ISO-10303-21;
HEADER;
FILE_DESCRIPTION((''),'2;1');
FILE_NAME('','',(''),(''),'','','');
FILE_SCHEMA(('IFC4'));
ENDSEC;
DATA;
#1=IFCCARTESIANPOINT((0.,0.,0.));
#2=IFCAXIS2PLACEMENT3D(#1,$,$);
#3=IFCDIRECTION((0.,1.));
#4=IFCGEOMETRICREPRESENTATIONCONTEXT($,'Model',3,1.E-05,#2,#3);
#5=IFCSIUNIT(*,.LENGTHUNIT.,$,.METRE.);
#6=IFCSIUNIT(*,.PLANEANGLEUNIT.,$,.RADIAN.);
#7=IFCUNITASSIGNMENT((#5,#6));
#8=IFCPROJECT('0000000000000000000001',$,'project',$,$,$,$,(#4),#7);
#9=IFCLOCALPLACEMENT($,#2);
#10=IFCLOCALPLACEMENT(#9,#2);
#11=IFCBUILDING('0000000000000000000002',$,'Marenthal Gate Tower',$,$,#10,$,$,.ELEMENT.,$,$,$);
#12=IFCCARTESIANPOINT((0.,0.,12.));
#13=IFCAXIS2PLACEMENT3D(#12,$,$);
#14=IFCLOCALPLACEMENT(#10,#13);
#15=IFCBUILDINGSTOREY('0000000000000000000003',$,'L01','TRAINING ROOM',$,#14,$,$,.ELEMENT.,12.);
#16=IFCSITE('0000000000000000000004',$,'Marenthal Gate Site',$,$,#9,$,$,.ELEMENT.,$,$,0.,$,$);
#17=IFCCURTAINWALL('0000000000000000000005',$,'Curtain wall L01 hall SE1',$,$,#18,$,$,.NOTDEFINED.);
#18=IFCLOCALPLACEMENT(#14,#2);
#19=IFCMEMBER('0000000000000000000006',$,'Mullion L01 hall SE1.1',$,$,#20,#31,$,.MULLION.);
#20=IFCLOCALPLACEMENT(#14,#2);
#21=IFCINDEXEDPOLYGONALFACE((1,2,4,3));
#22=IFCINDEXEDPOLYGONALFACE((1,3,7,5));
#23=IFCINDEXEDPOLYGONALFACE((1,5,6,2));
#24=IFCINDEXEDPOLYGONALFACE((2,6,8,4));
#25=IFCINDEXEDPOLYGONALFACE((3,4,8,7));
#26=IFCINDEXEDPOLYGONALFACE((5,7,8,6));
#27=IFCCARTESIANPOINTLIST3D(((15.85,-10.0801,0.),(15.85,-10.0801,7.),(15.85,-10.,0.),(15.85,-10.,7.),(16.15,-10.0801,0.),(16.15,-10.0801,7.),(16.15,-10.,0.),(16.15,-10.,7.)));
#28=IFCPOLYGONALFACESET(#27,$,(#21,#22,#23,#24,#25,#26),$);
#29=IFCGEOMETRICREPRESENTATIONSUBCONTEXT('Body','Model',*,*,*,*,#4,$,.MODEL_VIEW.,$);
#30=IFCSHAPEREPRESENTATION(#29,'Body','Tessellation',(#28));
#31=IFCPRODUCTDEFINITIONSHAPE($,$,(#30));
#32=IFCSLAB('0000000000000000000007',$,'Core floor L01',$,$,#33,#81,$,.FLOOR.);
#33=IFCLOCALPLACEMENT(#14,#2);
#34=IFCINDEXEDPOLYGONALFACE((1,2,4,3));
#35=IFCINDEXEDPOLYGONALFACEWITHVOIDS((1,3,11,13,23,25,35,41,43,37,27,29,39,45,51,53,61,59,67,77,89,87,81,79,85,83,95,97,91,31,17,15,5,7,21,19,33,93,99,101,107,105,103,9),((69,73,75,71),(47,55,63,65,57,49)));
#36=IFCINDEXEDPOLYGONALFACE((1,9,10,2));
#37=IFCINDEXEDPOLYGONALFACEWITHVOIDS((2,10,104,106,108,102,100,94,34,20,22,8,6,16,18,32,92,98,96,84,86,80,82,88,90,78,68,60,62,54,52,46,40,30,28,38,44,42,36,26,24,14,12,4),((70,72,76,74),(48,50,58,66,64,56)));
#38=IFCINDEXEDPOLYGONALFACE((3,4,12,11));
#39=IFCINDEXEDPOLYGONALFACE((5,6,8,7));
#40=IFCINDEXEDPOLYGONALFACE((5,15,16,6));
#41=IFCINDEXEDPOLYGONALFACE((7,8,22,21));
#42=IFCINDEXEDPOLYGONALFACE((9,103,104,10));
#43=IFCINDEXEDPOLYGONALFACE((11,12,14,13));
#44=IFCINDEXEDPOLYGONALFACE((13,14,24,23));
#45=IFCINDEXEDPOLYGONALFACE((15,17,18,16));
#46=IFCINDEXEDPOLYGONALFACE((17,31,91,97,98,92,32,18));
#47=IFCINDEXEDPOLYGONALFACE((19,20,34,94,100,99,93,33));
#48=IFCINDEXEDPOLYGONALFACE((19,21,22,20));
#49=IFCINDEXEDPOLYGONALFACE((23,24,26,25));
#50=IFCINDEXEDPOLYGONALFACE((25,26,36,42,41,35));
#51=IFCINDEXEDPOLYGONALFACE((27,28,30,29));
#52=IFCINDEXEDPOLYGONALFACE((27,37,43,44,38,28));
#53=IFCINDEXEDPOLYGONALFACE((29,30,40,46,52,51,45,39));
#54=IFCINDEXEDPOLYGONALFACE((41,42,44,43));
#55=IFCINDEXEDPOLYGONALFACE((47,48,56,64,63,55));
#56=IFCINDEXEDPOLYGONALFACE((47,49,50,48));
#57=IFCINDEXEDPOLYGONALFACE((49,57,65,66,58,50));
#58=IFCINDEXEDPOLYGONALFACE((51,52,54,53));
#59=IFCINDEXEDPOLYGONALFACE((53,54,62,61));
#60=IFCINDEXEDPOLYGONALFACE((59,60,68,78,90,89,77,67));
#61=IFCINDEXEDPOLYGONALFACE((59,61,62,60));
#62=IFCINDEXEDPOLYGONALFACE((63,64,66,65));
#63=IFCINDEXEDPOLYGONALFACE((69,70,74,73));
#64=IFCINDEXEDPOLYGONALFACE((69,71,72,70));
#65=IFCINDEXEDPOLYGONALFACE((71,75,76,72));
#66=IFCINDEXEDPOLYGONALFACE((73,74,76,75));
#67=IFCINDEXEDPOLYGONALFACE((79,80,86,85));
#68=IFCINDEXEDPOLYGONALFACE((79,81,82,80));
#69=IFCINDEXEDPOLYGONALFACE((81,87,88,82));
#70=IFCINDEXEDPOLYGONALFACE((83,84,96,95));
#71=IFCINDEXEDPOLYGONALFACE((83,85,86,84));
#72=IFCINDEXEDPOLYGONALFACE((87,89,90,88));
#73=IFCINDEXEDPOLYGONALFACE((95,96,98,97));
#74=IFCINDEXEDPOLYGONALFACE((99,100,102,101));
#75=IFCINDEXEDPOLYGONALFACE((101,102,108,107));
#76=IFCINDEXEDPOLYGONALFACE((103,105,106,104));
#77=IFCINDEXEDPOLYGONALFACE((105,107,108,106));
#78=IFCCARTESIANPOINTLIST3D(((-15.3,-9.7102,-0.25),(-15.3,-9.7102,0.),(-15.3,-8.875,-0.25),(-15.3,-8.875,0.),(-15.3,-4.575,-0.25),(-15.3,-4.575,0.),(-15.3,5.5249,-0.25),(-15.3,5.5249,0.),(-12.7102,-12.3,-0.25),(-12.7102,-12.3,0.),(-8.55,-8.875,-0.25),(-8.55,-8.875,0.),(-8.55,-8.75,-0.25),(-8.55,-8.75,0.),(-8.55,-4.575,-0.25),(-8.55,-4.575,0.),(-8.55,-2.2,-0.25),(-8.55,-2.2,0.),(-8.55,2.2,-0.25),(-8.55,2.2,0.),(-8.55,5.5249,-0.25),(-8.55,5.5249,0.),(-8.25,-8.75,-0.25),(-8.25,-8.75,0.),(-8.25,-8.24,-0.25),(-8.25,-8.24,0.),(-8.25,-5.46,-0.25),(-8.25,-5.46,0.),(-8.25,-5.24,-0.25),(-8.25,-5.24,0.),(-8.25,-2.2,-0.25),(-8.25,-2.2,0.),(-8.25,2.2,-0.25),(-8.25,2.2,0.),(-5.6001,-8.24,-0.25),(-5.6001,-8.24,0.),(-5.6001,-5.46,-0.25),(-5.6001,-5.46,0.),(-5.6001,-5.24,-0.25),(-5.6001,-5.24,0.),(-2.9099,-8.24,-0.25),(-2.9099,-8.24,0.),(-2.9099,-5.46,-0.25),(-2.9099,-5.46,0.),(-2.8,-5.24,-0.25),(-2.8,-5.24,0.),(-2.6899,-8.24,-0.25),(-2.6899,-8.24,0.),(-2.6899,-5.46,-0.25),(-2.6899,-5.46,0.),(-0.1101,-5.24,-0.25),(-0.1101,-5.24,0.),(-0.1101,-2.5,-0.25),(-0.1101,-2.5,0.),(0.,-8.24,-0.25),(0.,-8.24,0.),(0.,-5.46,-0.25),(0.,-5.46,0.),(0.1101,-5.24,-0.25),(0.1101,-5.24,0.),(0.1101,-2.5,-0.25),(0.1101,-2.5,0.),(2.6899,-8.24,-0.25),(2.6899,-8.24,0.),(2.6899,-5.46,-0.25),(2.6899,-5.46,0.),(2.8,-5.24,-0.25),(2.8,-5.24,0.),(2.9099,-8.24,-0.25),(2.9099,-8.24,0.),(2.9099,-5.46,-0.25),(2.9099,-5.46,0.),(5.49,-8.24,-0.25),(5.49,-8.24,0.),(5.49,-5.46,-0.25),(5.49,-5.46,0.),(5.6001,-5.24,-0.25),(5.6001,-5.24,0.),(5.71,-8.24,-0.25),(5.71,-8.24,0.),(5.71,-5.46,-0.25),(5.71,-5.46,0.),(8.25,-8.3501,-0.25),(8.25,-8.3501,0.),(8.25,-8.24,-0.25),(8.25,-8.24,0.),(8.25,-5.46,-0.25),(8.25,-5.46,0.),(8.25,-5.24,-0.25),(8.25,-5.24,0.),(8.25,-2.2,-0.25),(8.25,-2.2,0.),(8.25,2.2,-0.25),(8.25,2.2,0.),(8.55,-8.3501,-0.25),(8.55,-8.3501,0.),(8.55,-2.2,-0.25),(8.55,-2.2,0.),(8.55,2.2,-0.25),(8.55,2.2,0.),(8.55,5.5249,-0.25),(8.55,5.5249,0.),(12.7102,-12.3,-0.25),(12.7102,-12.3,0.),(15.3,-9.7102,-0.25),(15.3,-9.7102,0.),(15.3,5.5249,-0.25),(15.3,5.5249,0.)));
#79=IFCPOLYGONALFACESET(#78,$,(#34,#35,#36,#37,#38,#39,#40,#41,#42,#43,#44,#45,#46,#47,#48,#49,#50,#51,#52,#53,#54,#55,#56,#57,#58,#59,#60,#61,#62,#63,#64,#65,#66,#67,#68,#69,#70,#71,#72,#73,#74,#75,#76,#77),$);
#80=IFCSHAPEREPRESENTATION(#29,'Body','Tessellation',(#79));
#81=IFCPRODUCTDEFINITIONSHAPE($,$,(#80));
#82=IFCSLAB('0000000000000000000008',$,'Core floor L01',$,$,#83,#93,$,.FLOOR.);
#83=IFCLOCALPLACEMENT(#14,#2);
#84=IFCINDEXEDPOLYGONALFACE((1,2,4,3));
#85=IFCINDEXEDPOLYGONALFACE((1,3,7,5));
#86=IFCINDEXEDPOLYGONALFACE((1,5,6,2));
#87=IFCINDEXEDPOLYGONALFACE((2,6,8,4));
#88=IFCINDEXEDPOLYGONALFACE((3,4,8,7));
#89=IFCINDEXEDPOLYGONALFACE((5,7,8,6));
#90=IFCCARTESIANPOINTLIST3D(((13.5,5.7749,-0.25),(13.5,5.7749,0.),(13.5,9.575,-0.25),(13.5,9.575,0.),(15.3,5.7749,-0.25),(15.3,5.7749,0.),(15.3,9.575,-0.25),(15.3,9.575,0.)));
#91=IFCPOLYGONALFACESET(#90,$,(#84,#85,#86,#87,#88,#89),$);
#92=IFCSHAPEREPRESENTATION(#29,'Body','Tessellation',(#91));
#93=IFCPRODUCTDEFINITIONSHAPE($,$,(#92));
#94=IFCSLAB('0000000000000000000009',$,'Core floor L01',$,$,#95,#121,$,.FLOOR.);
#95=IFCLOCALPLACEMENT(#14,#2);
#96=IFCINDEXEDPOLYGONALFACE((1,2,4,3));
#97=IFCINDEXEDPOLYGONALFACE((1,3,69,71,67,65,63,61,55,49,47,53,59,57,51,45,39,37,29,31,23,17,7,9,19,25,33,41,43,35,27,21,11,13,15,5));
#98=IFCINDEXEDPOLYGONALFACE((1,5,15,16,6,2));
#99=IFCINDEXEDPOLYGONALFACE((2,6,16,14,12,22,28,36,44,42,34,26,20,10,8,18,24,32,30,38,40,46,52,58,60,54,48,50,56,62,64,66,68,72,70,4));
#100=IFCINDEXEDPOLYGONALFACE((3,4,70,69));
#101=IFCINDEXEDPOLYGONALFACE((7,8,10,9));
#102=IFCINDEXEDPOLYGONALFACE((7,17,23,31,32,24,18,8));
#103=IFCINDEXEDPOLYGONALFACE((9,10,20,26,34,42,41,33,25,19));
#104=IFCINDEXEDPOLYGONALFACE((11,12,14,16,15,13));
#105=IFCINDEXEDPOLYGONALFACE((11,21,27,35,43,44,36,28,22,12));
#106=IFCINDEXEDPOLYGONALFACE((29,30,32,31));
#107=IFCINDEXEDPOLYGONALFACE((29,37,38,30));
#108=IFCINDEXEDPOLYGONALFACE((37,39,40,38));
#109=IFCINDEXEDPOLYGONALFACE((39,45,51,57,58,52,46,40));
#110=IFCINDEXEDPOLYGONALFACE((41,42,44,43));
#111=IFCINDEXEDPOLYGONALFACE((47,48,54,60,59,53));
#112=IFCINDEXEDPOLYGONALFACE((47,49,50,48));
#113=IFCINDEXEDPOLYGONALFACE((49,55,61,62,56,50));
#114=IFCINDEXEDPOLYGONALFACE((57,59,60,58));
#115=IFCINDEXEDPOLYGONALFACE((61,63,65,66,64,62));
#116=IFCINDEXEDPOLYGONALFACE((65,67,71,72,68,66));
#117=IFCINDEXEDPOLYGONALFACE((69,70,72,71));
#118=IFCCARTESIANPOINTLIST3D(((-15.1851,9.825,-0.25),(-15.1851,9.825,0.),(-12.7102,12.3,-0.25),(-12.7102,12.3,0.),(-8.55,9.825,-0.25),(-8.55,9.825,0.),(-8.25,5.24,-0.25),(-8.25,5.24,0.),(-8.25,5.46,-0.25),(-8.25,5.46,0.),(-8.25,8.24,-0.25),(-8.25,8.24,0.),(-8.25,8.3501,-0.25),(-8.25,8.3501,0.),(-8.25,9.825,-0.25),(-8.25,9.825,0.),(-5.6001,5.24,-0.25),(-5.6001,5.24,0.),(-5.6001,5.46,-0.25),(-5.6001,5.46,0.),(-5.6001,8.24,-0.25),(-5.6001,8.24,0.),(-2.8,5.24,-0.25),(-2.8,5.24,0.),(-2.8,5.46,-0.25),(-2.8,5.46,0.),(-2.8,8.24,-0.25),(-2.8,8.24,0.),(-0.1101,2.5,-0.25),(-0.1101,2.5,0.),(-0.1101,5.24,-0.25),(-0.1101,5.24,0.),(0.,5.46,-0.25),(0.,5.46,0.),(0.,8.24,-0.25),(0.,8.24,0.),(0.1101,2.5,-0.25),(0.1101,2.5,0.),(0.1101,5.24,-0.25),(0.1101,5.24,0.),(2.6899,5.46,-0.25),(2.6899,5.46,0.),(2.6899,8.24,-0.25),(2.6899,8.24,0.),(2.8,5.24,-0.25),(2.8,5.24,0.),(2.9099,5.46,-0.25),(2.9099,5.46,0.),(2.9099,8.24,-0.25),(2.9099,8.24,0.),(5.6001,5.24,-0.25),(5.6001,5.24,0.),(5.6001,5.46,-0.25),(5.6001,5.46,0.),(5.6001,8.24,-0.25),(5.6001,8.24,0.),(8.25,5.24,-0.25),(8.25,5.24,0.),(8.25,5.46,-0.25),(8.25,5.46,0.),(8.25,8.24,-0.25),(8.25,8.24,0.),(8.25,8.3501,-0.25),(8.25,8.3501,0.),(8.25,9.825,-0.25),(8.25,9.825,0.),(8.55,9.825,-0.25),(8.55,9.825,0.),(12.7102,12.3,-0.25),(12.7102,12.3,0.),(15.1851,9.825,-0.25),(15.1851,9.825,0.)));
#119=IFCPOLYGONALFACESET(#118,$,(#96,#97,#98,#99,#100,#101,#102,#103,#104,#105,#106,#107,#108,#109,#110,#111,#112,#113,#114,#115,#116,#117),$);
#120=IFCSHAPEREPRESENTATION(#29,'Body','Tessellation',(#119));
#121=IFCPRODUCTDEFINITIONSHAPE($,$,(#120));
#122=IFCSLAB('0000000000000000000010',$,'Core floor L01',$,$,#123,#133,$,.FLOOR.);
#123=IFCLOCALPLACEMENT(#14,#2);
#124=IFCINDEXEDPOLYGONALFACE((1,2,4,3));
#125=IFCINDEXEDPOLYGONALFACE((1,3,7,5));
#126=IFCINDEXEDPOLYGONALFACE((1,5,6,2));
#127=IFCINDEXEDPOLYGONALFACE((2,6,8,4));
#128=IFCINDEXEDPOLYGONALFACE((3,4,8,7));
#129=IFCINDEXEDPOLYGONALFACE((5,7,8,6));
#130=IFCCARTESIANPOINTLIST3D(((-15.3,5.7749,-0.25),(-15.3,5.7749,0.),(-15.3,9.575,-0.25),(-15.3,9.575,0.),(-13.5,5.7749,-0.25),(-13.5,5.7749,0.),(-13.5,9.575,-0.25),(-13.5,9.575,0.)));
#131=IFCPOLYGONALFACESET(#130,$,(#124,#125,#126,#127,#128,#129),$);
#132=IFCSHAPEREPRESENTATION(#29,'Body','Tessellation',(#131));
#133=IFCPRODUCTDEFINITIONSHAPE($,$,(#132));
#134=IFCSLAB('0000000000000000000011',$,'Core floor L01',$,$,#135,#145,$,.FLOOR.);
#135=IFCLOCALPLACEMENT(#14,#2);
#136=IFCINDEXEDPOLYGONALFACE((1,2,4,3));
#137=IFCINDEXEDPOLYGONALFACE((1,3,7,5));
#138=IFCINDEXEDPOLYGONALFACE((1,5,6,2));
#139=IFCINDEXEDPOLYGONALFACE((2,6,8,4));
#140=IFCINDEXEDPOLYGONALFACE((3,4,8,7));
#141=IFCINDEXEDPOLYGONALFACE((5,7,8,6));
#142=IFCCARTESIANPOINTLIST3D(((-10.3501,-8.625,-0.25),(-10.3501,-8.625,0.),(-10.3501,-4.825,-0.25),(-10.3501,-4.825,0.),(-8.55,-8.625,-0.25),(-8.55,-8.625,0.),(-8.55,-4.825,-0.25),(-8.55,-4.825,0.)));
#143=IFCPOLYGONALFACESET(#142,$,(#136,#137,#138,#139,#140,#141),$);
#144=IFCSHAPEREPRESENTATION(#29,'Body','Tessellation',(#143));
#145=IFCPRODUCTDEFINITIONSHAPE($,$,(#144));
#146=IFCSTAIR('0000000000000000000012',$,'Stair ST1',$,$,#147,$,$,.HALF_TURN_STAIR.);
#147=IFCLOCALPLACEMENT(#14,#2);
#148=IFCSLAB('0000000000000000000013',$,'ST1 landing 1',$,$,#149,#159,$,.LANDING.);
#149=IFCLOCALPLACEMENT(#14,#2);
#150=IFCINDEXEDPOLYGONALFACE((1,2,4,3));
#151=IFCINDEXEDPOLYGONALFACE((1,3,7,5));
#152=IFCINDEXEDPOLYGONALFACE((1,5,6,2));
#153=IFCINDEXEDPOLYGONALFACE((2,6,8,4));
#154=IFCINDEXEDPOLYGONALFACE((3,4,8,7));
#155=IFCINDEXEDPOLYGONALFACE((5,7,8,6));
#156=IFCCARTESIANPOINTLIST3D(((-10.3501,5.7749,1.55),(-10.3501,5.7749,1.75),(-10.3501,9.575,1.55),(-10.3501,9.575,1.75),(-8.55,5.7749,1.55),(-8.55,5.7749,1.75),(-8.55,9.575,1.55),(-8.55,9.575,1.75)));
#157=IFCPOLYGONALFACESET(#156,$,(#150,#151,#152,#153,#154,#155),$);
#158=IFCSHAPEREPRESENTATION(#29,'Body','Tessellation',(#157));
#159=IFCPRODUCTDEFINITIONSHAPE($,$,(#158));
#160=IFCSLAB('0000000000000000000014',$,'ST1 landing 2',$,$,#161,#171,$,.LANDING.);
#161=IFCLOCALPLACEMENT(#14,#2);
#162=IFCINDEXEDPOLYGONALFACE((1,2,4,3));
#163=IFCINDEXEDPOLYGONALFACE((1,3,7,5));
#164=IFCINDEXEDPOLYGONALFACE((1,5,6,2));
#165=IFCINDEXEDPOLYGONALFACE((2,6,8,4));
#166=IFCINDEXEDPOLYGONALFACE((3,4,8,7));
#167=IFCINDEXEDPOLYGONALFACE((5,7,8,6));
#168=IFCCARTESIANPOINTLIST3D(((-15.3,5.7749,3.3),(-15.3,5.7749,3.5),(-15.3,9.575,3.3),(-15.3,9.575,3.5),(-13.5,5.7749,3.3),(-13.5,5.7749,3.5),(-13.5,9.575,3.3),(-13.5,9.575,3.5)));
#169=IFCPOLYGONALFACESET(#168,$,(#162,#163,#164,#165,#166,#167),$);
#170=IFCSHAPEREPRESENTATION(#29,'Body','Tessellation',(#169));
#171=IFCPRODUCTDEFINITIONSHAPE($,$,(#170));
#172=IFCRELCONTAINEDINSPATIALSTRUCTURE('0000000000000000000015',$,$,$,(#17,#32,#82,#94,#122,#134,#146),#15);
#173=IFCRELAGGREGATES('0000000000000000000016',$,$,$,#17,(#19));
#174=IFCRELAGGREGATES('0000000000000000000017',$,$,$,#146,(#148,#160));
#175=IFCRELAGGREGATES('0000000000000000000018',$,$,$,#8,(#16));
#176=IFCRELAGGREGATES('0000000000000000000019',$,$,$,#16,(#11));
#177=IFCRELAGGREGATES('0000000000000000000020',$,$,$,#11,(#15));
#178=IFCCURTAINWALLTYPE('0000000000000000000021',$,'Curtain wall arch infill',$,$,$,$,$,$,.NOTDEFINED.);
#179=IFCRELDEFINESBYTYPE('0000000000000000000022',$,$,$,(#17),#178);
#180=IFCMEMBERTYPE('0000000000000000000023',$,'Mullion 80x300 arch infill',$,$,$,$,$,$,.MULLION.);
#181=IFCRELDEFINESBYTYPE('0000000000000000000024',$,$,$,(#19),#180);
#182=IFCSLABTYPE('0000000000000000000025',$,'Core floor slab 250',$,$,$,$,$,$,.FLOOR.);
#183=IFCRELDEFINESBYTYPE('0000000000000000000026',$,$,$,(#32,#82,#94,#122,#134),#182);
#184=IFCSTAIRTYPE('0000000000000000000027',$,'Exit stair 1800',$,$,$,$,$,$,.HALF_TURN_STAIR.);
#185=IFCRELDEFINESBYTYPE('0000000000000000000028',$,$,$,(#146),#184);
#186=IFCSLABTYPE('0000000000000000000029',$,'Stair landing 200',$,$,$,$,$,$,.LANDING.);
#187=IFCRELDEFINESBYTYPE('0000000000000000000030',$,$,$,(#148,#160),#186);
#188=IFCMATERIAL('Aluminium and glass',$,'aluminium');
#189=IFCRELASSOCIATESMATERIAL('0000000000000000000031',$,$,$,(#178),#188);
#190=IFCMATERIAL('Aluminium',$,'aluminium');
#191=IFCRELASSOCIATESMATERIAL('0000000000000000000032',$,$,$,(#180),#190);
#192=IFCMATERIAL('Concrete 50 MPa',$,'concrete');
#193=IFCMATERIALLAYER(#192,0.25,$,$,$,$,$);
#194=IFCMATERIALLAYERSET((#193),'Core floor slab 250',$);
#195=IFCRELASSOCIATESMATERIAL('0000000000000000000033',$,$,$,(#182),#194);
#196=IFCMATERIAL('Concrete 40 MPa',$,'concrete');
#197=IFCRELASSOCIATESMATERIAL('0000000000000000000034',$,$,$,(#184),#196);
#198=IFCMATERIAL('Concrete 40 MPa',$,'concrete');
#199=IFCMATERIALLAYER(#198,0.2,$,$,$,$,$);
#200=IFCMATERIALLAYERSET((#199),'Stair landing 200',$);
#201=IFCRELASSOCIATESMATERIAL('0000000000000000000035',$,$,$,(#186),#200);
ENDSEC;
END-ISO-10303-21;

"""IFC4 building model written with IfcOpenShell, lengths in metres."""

from ifc_helpers import new_model, si_unit, direction, frame, origin, origin_2d, place, context, subcontext, project, spatial, polyline, rectangle, outline, extrude, material, layer, layer_set, material_profile, profile_set, type_object, element, aggregate, save


model = new_model("IFC4")

# Units and contexts
model_context = context("Model", 3, precision=1e-05, world=origin(), true_north=direction((0.0, 1.0)))
body_context = subcontext(model_context, "Body", "Model", "MODEL_VIEW")
ifc_project = project(units=[si_unit("LENGTHUNIT", "METRE"), si_unit("PLANEANGLEUNIT", "RADIAN")], contexts=[model_context])

# Site, building, storey
site_placement = place(None, origin())
site = spatial("IfcSite", under=ifc_project, at=site_placement, Name="Marenthal Gate Site", CompositionType="ELEMENT", RefElevation=0.0)
building_placement = place(site_placement, origin())
building = spatial("IfcBuilding", under=site, at=building_placement, Name="Marenthal Gate Tower", CompositionType="ELEMENT")
storey_placement = place(building_placement, frame((0.0, 0.0, 12.0)))
storey = spatial("IfcBuildingStorey", under=building, at=storey_placement, Name="L01", Description="TRAINING ROOM", CompositionType="ELEMENT", Elevation=12.0)

# Curtain wall, member
ifc_material_1 = material(Name="Aluminium and glass", Category="aluminium")
curtain_wall_type = type_object("IfcCurtainWallType", Name="Curtain wall arch infill", PredefinedType="NOTDEFINED", material=ifc_material_1)
curtain_wall_placement = place(storey_placement, origin())
curtain_wall = element("IfcCurtainWall", 1, at=curtain_wall_placement, inside=storey, type_object=curtain_wall_type, Name="Curtain wall L01 hall SE1", PredefinedType="NOTDEFINED")
ifc_material_2 = material(Name="Aluminium", Category="aluminium")
ifc_material_profile = material_profile(ifc_material_2, rectangle(XDim=0.3, YDim=0.0801, at=origin_2d()), Name="80x300 aluminium mullion")
ifc_profile_set = profile_set([ifc_material_profile], Name="Aluminium")
member_type = type_object("IfcMemberType", Name="Mullion 80x300 arch infill", PredefinedType="MULLION", material=ifc_profile_set)
member_placement = place(storey_placement, frame((16.0, -10.04, 0.0), z_axis=(0.0, 0.0, 1.0), x_axis=(1.0, 0.0, 0.0)))
member = element("IfcMember", 2, at=member_placement, type_object=member_type, Name="Mullion L01 hall SE1.1", PredefinedType="MULLION", context=body_context, shape_type="SweptSolid", body=[
    extrude(rectangle(XDim=0.3, YDim=0.0801, at=origin_2d()), origin(), (0.0, 0.0, 1.0), 7.0),
])
aggregate(curtain_wall, [member])

# Slabs
ifc_material_3 = material(Name="Concrete 50 MPa", Category="concrete")
ifc_layer_1 = layer(ifc_material_3, 0.25)
ifc_layer_set_1 = layer_set([ifc_layer_1], Name="Core floor slab 250")
slab_type_1 = type_object("IfcSlabType", Name="Core floor slab 250", PredefinedType="FLOOR", material=ifc_layer_set_1)
slab_1_placement = place(storey_placement, frame((0.0, 0.0, -0.25)))
element("IfcSlab", 3, at=slab_1_placement, inside=storey, type_object=slab_type_1, Name="Core floor L01", PredefinedType="FLOOR", context=body_context, shape_type="SweptSolid", body=[
    extrude(outline(polyline([(15.3, -9.7102), (12.7102, -12.3), (-12.7102, -12.3), (-15.3, -9.7102), (-15.3, -8.875), (-8.55, -8.875), (-8.55, -8.75), (-8.25, -8.75), (-8.25, -8.24), (-5.6001, -8.24), (-2.9099, -8.24), (-2.9099, -5.46), (-5.6001, -5.46), (-8.25, -5.46), (-8.25, -5.24), (-5.6001, -5.24), (-2.8, -5.24), (-0.1101, -5.24), (-0.1101, -2.5), (0.1101, -2.5), (0.1101, -5.24), (2.8, -5.24), (5.6001, -5.24), (8.25, -5.24), (8.25, -5.46), (5.71, -5.46), (5.71, -8.24), (8.25, -8.24), (8.25, -8.3501), (8.55, -8.3501), (8.55, -2.2), (8.25, -2.2), (-8.25, -2.2), (-8.55, -2.2), (-8.55, -4.575), (-15.3, -4.575), (-15.3, 5.5249), (-8.55, 5.5249), (-8.55, 2.2), (-8.25, 2.2), (8.25, 2.2), (8.55, 2.2), (8.55, 5.5249), (15.3, 5.5249), (15.3, -9.7102)]), holes=[polyline([(2.9099, -8.24), (5.49, -8.24), (5.49, -5.46), (2.9099, -5.46), (2.9099, -8.24)]), polyline([(-2.6899, -5.46), (-2.6899, -8.24), (0.0, -8.24), (2.6899, -8.24), (2.6899, -5.46), (0.0, -5.46), (-2.6899, -5.46)])]), origin(), (0.0, 0.0, 1.0), 0.25),
])
slab_2_placement = place(storey_placement, frame((0.0, 0.0, -0.25)))
element("IfcSlab", 4, at=slab_2_placement, inside=storey, type_object=slab_type_1, Name="Core floor L01", PredefinedType="FLOOR", context=body_context, shape_type="SweptSolid", body=[
    extrude(outline(polyline([(15.3, 5.7749), (13.5, 5.7749), (13.5, 9.575), (15.3, 9.575), (15.3, 5.7749)])), origin(), (0.0, 0.0, 1.0), 0.25),
])
slab_3_placement = place(storey_placement, frame((0.0, 0.0, -0.25)))
element("IfcSlab", 5, at=slab_3_placement, inside=storey, type_object=slab_type_1, Name="Core floor L01", PredefinedType="FLOOR", context=body_context, shape_type="SweptSolid", body=[
    extrude(outline(polyline([(12.7102, 12.3), (15.1851, 9.825), (8.55, 9.825), (8.25, 9.825), (8.25, 8.3501), (8.25, 8.24), (5.6001, 8.24), (2.9099, 8.24), (2.9099, 5.46), (5.6001, 5.46), (8.25, 5.46), (8.25, 5.24), (5.6001, 5.24), (2.8, 5.24), (0.1101, 5.24), (0.1101, 2.5), (-0.1101, 2.5), (-0.1101, 5.24), (-2.8, 5.24), (-5.6001, 5.24), (-8.25, 5.24), (-8.25, 5.46), (-5.6001, 5.46), (-2.8, 5.46), (0.0, 5.46), (2.6899, 5.46), (2.6899, 8.24), (0.0, 8.24), (-2.8, 8.24), (-5.6001, 8.24), (-8.25, 8.24), (-8.25, 8.3501), (-8.25, 9.825), (-8.55, 9.825), (-15.1851, 9.825), (-12.7102, 12.3), (12.7102, 12.3)])), origin(), (0.0, 0.0, 1.0), 0.25),
])
slab_4_placement = place(storey_placement, frame((0.0, 0.0, -0.25)))
element("IfcSlab", 6, at=slab_4_placement, inside=storey, type_object=slab_type_1, Name="Core floor L01", PredefinedType="FLOOR", context=body_context, shape_type="SweptSolid", body=[
    extrude(outline(polyline([(-15.3, 9.575), (-13.5, 9.575), (-13.5, 5.7749), (-15.3, 5.7749), (-15.3, 9.575)])), origin(), (0.0, 0.0, 1.0), 0.25),
])
slab_5_placement = place(storey_placement, frame((0.0, 0.0, -0.25)))
element("IfcSlab", 7, at=slab_5_placement, inside=storey, type_object=slab_type_1, Name="Core floor L01", PredefinedType="FLOOR", context=body_context, shape_type="SweptSolid", body=[
    extrude(outline(polyline([(-10.3501, -8.625), (-10.3501, -4.825), (-8.55, -4.825), (-8.55, -8.625), (-10.3501, -8.625)])), origin(), (0.0, 0.0, 1.0), 0.25),
])

# Stair, slabs
ifc_material_4 = material(Name="Concrete 40 MPa", Category="concrete")
stair_type_1 = type_object("IfcStairType", Name="Exit stair 1800", PredefinedType="HALF_TURN_STAIR", material=ifc_material_4)
stair_1_placement = place(storey_placement, origin())
stair_1 = element("IfcStair", 8, at=stair_1_placement, inside=storey, type_object=stair_type_1, Name="Stair ST1", PredefinedType="HALF_TURN_STAIR")
ifc_material_5 = material(Name="Concrete 40 MPa", Category="concrete")
ifc_layer_2 = layer(ifc_material_5, 0.2)
ifc_layer_set_2 = layer_set([ifc_layer_2], Name="Stair landing 200")
slab_type_2 = type_object("IfcSlabType", Name="Stair landing 200", PredefinedType="LANDING", material=ifc_layer_set_2)
slab_6_placement = place(storey_placement, frame((0.0, 0.0, 1.55)))
slab_6 = element("IfcSlab", 9, at=slab_6_placement, type_object=slab_type_2, Name="ST1 landing 1", PredefinedType="LANDING", context=body_context, shape_type="SweptSolid", body=[
    extrude(outline(polyline([(-10.3501, 5.7749), (-8.55, 5.7749), (-8.55, 9.575), (-10.3501, 9.575), (-10.3501, 5.7749)])), origin(), (0.0, 0.0, 1.0), 0.2),
])
slab_7_placement = place(storey_placement, frame((0.0, 0.0, 3.3)))
slab_7 = element("IfcSlab", 10, at=slab_7_placement, type_object=slab_type_2, Name="ST1 landing 2", PredefinedType="LANDING", context=body_context, shape_type="SweptSolid", body=[
    extrude(outline(polyline([(-15.3, 5.7749), (-13.5, 5.7749), (-13.5, 9.575), (-15.3, 9.575), (-15.3, 5.7749)])), origin(), (0.0, 0.0, 1.0), 0.2),
])
aggregate(stair_1, [slab_6, slab_7])

save(model, "model.ifc")
